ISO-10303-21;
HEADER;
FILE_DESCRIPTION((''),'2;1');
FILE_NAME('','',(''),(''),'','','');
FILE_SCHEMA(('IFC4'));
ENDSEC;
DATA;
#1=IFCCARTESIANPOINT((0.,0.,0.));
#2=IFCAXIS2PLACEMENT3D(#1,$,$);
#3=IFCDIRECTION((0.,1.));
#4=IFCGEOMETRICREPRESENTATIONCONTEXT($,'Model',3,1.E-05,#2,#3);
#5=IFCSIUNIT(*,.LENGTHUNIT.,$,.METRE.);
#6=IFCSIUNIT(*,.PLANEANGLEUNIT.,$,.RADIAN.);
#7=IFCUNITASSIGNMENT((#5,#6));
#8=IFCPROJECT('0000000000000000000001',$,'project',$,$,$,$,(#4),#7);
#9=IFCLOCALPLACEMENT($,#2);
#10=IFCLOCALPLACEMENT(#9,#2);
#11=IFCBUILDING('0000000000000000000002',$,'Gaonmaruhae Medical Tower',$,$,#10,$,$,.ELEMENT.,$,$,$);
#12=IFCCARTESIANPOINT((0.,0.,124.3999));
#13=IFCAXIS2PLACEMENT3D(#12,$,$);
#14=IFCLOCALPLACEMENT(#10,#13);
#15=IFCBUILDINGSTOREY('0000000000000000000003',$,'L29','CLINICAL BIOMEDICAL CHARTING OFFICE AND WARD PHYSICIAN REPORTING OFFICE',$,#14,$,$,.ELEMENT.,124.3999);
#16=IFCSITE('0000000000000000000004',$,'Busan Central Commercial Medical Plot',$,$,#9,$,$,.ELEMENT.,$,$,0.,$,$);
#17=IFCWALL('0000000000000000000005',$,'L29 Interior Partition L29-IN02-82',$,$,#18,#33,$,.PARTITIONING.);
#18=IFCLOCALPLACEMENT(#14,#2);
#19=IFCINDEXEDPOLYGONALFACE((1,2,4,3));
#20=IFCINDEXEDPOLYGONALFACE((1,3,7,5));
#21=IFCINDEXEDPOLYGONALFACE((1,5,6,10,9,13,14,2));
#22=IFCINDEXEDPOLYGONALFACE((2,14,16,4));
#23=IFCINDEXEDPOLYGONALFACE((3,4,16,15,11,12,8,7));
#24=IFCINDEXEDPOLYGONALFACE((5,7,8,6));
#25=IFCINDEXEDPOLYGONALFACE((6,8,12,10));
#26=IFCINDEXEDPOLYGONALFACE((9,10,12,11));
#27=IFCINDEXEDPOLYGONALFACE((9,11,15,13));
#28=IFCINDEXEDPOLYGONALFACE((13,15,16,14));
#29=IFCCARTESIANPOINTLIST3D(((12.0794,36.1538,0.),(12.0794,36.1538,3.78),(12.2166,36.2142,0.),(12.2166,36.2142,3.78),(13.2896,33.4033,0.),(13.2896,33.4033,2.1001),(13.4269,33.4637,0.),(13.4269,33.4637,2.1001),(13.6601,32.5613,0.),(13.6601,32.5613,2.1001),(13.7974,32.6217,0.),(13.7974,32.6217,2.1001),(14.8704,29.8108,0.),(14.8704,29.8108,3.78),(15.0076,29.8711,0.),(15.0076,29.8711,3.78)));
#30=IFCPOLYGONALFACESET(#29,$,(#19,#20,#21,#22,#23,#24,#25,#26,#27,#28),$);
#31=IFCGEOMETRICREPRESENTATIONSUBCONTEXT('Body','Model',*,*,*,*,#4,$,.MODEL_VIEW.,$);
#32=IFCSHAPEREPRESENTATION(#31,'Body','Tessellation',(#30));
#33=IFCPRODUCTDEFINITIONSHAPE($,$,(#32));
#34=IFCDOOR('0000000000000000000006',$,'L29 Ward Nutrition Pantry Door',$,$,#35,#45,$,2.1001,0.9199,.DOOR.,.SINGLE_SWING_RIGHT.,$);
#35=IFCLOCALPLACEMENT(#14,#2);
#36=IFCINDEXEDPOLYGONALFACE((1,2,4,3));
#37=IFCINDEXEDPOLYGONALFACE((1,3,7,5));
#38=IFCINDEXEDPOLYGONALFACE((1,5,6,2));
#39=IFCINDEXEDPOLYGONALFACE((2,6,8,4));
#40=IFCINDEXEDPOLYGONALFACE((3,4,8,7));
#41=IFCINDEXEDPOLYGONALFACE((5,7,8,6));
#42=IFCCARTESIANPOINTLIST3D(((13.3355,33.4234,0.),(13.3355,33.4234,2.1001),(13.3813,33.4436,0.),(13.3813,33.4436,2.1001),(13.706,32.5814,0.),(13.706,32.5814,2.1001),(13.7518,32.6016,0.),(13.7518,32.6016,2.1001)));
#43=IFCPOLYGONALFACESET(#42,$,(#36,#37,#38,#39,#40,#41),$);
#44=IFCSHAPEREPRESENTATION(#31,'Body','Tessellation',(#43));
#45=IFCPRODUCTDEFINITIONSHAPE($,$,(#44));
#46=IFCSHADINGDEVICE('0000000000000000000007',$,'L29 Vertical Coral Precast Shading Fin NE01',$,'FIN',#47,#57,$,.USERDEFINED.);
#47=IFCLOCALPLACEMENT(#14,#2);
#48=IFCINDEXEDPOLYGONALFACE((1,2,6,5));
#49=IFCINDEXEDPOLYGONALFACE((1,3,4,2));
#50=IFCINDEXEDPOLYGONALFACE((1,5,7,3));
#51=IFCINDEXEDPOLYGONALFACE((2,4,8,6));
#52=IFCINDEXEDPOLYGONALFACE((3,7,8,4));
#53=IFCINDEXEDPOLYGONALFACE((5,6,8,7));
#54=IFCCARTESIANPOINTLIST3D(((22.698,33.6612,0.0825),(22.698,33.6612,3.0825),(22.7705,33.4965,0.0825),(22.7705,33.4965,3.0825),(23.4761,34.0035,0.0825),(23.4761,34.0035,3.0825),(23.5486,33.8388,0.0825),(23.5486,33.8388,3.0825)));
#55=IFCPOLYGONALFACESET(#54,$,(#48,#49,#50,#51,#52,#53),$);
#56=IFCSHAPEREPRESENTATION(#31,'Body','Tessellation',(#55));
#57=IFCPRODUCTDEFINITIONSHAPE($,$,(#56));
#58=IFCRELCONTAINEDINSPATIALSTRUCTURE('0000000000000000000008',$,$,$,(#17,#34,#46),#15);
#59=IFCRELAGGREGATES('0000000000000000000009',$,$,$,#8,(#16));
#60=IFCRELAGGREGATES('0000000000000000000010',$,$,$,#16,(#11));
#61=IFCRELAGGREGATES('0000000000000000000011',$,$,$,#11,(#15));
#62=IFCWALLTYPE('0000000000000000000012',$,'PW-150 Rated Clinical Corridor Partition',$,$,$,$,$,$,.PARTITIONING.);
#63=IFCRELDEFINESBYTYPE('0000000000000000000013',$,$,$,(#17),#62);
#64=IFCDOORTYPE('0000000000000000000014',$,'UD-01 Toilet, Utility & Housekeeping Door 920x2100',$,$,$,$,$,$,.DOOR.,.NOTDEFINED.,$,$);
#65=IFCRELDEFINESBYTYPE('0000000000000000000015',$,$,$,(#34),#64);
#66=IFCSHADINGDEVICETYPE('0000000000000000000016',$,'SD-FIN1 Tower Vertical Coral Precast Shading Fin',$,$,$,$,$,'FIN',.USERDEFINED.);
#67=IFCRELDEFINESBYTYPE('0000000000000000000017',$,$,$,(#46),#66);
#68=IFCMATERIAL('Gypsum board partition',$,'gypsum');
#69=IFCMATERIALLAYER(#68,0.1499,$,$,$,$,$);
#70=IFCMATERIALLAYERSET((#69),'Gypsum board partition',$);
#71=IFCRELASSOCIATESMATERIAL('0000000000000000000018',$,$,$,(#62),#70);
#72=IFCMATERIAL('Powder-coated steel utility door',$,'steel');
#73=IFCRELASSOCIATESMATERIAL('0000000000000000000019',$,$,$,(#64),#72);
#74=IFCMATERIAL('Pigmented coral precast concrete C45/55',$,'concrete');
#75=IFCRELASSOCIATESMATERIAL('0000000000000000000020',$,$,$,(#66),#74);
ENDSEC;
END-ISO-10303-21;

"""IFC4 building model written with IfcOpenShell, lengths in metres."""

from ifc_helpers import new_model, si_unit, direction, frame, frame_2d, origin, origin_2d, place, context, subcontext, project, spatial, rectangle, extrude, material, layer, layer_set, type_object, element, fill, save


model = new_model("IFC4")

# Units and contexts
model_context = context("Model", 3, precision=1e-05, world=origin(), true_north=direction((0.0, 1.0)))
body_context = subcontext(model_context, "Body", "Model", "MODEL_VIEW")
ifc_project = project(units=[si_unit("LENGTHUNIT", "METRE"), si_unit("PLANEANGLEUNIT", "RADIAN")], contexts=[model_context])

# Site, building, storey
site_placement = place(None, origin())
site = spatial("IfcSite", under=ifc_project, at=site_placement, Name="Busan Central Commercial Medical Plot", CompositionType="ELEMENT", RefElevation=0.0)
building_placement = place(site_placement, origin())
building = spatial("IfcBuilding", under=site, at=building_placement, Name="Gaonmaruhae Medical Tower", CompositionType="ELEMENT")
storey_placement = place(building_placement, frame((0.0, 0.0, 124.3999)))
storey = spatial("IfcBuildingStorey", under=building, at=storey_placement, Name="L29", Description="CLINICAL BIOMEDICAL CHARTING OFFICE AND WARD PHYSICIAN REPORTING OFFICE", CompositionType="ELEMENT", Elevation=124.3999)

# Shared definitions
ifc_material_1 = material(Name="Gypsum board partition", Category="gypsum")
ifc_layer_1 = layer(ifc_material_1, 0.1499)
ifc_layer_set_1 = layer_set([ifc_layer_1], Name="Gypsum board partition")
wall_type_1 = type_object("IfcWallType", Name="PW-150 Rated Clinical Corridor Partition", PredefinedType="PARTITIONING", material=ifc_layer_set_1)

# Wall, opening, door
wall_1_placement = place(storey_placement, frame((14.939, 29.8411, 0.0), z_axis=(0.0, 0.0, 1.0), x_axis=(-0.402749, 0.91531, 0.0)))
wall_1 = element("IfcWall", 1, at=wall_1_placement, inside=storey, type_object=wall_type_1, Name="L29 Interior Partition L29-IN02-82", PredefinedType="PARTITIONING", context=body_context, shape_type="SweptSolid", body=[
    extrude(rectangle(XDim=6.9299, YDim=0.1499, at=frame_2d((3.4648, 0.0))), origin(), (0.0, 0.0, 1.0), 3.78),
])
opening_1_placement = place(wall_1_placement, frame((3.0049, 0.0, 0.0)))
opening_1 = element("IfcOpeningElement", 2, at=opening_1_placement, cuts=wall_1, PredefinedType="OPENING", context=body_context, shape_type="SweptSolid", body=[
    extrude(rectangle(XDim=0.9199, YDim=2.1001, at=frame_2d((0.46, 1.05))), frame((0.0, 0.085, 0.0), z_axis=(0.0, -1.0, 0.0), x_axis=(1.0, 0.0, 0.0)), (0.0, 0.0, 1.0), 0.1699),
])
ifc_material_2 = material(Name="Powder-coated steel utility door", Category="steel")
door_type_1 = type_object("IfcDoorType", Name="UD-01 Toilet, Utility & Housekeeping Door 920x2100", OperationType="NOTDEFINED", PredefinedType="DOOR", material=ifc_material_2)
door_1_placement = place(opening_1_placement, origin())
door_1 = element("IfcDoor", 3, at=door_1_placement, inside=storey, type_object=door_type_1, Name="L29 Ward Nutrition Pantry Door", OperationType="SINGLE_SWING_RIGHT", OverallHeight=2.1001, OverallWidth=0.9199, PredefinedType="DOOR", context=body_context, shape_type="SweptSolid", body=[
    extrude(rectangle(XDim=0.9199, YDim=2.1001, at=frame_2d((0.46, 1.05))), frame((0.0, 0.0249, 0.0), z_axis=(0.0, -1.0, 0.0), x_axis=(1.0, 0.0, 0.0)), (0.0, 0.0, 1.0), 0.05),
])
fill(opening_1, door_1)

# Shading device
ifc_material_3 = material(Name="Pigmented coral precast concrete C45/55", Category="concrete")
shading_device_type = type_object("IfcShadingDeviceType", Name="SD-FIN1 Tower Vertical Coral Precast Shading Fin", ElementType="FIN", PredefinedType="USERDEFINED", material=ifc_material_3)
shading_device_placement = place(storey_placement, frame((23.1233, 33.75, 0.0825), z_axis=(0.0, 0.0, 1.0), x_axis=(0.402731, -0.915319, 0.0)))
element("IfcShadingDevice", 4, at=shading_device_placement, inside=storey, type_object=shading_device_type, Name="L29 Vertical Coral Precast Shading Fin NE01", ObjectType="FIN", PredefinedType="USERDEFINED", context=body_context, shape_type="SweptSolid", body=[
    extrude(rectangle(XDim=0.1799, YDim=0.8501, at=origin_2d()), origin(), (0.0, 0.0, 1.0), 3.0),
])

save(model, "model.ifc")
